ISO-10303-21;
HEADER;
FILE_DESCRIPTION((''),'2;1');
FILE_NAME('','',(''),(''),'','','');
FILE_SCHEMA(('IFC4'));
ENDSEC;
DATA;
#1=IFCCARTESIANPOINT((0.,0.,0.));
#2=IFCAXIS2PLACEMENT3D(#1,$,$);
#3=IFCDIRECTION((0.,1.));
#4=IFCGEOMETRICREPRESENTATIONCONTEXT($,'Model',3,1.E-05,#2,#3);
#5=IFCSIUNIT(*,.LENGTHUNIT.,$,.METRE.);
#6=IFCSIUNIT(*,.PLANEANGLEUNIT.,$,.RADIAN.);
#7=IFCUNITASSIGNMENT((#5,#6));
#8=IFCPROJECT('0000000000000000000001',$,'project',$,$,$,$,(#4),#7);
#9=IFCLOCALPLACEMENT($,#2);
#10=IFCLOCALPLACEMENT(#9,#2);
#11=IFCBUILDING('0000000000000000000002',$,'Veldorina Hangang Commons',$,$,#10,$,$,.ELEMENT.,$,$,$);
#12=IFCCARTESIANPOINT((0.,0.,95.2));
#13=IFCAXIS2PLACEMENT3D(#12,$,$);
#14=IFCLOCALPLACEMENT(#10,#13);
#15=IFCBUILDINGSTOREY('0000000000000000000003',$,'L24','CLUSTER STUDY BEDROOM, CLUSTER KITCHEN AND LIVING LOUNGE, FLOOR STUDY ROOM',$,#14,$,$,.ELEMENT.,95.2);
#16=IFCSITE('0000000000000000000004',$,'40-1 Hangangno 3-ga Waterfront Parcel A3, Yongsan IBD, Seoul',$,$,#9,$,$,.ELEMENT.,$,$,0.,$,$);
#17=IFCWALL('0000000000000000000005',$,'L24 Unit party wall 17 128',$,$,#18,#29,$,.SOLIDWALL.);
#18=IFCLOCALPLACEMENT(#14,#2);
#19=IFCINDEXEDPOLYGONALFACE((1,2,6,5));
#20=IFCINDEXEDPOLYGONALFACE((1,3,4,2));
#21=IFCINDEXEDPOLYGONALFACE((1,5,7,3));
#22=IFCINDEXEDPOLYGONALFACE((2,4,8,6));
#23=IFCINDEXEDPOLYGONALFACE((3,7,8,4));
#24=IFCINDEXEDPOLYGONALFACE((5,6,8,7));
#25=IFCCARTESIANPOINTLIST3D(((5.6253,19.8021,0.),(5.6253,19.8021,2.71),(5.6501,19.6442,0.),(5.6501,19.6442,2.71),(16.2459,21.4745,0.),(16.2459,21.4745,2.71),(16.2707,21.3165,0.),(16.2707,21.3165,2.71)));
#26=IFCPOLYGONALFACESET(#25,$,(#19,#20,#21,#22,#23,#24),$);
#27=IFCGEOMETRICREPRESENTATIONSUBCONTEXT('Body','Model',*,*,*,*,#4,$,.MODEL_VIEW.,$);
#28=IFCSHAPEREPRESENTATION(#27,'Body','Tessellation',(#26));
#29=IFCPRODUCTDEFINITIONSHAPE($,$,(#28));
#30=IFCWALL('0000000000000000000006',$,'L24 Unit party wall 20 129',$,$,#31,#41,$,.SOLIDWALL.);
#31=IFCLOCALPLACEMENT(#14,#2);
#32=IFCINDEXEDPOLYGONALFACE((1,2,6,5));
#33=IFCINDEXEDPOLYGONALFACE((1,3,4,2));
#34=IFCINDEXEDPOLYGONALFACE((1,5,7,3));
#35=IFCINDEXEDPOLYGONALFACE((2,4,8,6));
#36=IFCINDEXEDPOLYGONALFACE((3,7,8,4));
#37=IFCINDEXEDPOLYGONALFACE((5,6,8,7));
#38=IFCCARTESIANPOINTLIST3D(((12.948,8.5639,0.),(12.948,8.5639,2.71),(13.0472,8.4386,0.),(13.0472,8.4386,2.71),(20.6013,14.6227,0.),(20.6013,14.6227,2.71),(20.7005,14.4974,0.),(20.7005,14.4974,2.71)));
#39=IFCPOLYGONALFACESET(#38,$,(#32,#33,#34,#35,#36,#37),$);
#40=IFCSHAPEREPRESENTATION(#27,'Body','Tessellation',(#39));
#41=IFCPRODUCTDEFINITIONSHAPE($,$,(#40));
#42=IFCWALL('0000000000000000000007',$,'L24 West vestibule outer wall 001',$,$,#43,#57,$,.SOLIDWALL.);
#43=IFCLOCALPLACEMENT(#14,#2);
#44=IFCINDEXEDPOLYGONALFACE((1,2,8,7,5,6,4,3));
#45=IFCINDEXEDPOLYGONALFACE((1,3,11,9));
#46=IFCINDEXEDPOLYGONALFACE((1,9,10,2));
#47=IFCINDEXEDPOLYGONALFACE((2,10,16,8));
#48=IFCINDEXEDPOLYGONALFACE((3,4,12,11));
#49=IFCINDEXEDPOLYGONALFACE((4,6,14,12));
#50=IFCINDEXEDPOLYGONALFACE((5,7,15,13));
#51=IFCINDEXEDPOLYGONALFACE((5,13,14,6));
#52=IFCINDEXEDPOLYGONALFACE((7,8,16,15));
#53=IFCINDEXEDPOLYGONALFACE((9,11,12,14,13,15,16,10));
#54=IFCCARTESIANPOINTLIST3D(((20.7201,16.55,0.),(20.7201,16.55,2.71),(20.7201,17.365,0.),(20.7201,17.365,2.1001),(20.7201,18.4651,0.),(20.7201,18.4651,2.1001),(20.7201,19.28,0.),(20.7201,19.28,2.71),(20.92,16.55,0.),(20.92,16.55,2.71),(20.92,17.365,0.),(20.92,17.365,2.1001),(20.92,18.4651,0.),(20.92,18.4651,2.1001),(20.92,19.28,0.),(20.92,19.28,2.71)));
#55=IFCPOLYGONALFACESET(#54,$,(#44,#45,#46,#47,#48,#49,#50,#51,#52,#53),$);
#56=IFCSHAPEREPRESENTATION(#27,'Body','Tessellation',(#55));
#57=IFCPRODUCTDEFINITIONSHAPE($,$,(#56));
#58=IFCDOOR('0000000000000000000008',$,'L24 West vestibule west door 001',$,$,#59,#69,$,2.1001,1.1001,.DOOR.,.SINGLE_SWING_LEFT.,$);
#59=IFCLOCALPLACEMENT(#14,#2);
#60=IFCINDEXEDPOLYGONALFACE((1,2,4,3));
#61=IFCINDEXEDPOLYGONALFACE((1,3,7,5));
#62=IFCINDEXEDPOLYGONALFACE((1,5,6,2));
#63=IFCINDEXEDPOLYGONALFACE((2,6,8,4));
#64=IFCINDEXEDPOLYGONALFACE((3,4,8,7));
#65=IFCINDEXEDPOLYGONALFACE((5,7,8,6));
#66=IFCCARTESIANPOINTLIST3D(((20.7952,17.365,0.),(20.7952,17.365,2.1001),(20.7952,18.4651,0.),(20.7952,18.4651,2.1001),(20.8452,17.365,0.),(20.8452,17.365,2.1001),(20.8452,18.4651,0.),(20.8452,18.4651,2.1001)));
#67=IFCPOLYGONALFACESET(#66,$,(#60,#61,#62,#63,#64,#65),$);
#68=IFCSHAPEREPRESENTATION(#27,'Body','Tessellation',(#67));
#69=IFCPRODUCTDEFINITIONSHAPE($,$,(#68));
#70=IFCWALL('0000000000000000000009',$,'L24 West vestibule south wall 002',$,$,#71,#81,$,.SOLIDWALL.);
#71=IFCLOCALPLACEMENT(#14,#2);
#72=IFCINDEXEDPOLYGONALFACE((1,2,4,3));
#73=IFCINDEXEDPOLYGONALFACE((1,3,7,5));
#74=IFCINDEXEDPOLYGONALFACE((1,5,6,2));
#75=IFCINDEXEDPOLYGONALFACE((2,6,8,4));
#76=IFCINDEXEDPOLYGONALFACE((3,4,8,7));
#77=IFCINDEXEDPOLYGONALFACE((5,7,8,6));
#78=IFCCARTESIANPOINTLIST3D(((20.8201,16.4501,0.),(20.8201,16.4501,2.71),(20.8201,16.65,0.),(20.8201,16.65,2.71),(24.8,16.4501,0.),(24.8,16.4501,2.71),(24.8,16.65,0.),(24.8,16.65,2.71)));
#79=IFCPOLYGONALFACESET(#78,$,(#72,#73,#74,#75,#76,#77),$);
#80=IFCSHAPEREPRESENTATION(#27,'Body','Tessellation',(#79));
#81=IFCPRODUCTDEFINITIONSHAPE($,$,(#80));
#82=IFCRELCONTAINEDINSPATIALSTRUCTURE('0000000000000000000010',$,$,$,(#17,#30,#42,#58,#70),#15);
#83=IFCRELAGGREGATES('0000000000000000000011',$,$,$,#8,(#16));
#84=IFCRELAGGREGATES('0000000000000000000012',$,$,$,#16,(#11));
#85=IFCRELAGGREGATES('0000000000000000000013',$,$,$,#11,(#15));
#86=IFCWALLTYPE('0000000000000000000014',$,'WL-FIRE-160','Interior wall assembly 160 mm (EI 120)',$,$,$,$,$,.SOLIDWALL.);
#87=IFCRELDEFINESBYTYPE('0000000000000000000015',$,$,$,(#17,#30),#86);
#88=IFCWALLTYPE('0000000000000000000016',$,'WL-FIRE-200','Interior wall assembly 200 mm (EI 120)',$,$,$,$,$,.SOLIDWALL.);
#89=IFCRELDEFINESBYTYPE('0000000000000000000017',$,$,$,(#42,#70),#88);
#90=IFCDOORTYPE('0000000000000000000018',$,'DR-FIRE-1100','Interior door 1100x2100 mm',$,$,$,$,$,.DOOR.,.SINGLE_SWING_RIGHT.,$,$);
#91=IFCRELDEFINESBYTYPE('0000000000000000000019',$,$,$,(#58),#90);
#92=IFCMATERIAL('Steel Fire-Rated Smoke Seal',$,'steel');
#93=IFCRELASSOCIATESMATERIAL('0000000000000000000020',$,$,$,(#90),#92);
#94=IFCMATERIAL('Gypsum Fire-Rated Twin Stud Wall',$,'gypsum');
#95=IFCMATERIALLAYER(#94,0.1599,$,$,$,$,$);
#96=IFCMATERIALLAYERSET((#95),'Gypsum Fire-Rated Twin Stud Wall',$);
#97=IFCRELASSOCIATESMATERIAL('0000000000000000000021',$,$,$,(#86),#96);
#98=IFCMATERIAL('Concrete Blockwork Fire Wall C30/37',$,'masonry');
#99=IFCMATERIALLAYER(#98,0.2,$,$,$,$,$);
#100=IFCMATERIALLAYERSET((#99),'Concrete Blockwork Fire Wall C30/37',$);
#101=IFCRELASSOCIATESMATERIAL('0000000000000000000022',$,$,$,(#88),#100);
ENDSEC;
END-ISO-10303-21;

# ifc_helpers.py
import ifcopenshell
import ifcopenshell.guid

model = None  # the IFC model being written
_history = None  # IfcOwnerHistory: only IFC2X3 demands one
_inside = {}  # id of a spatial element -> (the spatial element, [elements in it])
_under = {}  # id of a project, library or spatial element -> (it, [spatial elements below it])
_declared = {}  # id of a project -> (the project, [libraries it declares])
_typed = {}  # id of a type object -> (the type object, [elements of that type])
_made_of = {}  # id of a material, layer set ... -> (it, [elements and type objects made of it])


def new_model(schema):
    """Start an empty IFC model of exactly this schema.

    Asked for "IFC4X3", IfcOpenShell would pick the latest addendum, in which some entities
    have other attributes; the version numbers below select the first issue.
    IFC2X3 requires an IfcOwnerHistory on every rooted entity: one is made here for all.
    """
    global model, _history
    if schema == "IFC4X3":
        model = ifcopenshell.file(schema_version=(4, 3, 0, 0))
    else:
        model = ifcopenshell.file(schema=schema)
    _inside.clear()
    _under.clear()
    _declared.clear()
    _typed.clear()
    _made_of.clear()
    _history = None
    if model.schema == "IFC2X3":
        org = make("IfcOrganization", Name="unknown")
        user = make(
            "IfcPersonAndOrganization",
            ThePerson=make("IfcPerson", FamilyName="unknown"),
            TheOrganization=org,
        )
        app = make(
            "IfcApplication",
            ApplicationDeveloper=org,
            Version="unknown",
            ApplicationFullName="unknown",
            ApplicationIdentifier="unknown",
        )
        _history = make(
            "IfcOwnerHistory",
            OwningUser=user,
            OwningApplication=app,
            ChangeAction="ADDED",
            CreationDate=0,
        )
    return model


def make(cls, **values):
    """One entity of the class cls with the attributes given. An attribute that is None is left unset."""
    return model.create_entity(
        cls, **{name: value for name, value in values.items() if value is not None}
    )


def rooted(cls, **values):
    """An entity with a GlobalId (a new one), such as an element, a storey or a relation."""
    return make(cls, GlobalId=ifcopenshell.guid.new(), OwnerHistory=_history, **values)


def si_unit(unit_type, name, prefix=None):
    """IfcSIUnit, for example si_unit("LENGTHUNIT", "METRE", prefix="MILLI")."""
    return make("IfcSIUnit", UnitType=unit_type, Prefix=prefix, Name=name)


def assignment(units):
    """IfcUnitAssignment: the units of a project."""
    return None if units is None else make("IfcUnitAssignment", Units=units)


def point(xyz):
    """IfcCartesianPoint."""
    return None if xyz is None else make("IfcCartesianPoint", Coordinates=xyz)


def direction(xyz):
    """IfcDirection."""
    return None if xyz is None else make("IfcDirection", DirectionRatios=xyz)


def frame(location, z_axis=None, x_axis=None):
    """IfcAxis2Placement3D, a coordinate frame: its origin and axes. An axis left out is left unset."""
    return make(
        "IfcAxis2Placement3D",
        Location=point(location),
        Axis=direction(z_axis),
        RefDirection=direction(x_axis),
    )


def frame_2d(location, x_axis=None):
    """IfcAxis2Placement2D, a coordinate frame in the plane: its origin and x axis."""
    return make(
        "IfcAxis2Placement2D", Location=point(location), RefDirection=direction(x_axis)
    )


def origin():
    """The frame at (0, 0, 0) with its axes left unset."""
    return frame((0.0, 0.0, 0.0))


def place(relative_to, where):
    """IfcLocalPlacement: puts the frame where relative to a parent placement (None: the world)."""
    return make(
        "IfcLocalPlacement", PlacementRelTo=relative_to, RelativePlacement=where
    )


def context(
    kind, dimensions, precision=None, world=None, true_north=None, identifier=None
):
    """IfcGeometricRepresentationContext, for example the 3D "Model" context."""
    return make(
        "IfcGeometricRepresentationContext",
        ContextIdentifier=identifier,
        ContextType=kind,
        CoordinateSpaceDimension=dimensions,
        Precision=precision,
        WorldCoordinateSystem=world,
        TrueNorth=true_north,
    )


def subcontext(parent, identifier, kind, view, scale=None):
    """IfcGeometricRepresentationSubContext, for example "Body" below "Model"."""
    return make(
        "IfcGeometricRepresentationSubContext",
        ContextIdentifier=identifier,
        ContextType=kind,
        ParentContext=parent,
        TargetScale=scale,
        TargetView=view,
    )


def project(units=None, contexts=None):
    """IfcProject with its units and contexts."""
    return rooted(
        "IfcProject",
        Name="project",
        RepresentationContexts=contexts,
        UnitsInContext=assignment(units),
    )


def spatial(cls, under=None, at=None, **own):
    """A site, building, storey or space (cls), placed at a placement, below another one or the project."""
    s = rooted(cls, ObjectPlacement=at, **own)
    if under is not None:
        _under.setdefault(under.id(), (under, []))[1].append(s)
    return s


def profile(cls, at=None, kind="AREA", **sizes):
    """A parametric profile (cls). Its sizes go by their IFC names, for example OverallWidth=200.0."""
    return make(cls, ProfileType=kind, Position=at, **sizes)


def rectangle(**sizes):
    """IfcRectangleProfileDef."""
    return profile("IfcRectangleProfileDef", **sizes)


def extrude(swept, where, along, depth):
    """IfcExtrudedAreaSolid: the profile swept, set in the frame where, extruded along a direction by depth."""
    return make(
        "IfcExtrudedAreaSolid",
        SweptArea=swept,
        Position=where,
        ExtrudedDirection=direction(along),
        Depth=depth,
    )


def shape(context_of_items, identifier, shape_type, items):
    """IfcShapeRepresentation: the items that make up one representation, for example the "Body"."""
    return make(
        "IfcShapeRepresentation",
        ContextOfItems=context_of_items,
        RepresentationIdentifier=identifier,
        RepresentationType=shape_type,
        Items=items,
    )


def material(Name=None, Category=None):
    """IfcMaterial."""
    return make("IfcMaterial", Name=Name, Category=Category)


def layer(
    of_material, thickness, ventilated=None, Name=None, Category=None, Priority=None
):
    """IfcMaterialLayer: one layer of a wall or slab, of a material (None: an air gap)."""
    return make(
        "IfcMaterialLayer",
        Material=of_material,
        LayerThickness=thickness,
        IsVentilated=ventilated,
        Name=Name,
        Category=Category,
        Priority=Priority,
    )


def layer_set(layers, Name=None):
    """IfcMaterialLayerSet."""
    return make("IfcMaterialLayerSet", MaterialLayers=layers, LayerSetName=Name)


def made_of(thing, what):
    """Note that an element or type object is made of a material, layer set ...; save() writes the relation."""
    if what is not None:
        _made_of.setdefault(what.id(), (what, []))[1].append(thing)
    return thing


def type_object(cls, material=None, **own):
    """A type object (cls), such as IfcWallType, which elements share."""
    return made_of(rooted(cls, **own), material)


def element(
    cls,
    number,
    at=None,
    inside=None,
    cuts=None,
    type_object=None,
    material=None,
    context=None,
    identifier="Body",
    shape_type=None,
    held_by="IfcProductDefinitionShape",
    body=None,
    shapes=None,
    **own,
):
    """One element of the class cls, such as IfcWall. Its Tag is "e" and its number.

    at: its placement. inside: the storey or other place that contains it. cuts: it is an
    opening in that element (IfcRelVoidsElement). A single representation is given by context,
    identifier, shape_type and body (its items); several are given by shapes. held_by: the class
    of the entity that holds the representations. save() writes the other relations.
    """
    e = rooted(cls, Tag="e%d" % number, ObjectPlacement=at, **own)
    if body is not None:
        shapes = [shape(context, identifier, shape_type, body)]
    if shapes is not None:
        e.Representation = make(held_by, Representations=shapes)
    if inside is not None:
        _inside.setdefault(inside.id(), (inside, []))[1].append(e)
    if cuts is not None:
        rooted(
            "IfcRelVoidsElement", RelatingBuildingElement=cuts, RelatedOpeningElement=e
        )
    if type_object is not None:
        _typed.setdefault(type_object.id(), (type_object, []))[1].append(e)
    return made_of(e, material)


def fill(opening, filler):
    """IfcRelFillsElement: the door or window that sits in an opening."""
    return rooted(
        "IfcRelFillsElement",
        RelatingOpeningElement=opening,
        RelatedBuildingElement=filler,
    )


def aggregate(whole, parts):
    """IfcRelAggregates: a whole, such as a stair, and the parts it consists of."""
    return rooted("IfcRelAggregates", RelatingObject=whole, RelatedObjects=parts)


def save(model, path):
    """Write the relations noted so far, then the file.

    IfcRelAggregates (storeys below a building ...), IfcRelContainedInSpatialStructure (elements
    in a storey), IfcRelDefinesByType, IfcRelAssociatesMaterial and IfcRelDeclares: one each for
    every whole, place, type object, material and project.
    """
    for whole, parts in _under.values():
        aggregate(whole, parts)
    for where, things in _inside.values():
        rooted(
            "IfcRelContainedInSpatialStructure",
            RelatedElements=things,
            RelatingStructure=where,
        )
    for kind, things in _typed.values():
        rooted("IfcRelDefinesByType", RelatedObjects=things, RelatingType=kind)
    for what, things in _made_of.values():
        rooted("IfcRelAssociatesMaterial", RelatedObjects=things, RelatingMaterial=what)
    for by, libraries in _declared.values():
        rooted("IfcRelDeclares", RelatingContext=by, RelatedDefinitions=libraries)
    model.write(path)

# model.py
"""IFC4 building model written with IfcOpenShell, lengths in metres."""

from ifc_helpers import new_model, si_unit, direction, frame, frame_2d, origin, place, context, subcontext, project, spatial, rectangle, extrude, material, layer, layer_set, type_object, element, fill, save


model = new_model("IFC4")

# Units and contexts
model_context = context("Model", 3, precision=1e-05, world=origin(), true_north=direction((0.0, 1.0)))
body_context = subcontext(model_context, "Body", "Model", "MODEL_VIEW")
ifc_project = project(units=[si_unit("LENGTHUNIT", "METRE"), si_unit("PLANEANGLEUNIT", "RADIAN")], contexts=[model_context])

# Site, building, storey
site_placement = place(None, origin())
site = spatial("IfcSite", under=ifc_project, at=site_placement, Name="40-1 Hangangno 3-ga Waterfront Parcel A3, Yongsan IBD, Seoul", CompositionType="ELEMENT", RefElevation=0.0)
building_placement = place(site_placement, origin())
building = spatial("IfcBuilding", under=site, at=building_placement, Name="Veldorina Hangang Commons", CompositionType="ELEMENT")
storey_placement = place(building_placement, frame((0.0, 0.0, 95.2)))
storey = spatial("IfcBuildingStorey", under=building, at=storey_placement, Name="L24", Description="CLUSTER STUDY BEDROOM, CLUSTER KITCHEN AND LIVING LOUNGE, FLOOR STUDY ROOM", CompositionType="ELEMENT", Elevation=95.2)

# Shared definitions
ifc_material_1 = material(Name="Steel Fire-Rated Smoke Seal", Category="steel")
door_type_1 = type_object("IfcDoorType", Name="DR-FIRE-1100", Description="Interior door 1100x2100 mm", OperationType="SINGLE_SWING_RIGHT", PredefinedType="DOOR", material=ifc_material_1)

# Shared definitions
ifc_material_2 = material(Name="Gypsum Fire-Rated Twin Stud Wall", Category="gypsum")
ifc_layer_1 = layer(ifc_material_2, 0.1599)
ifc_layer_set_1 = layer_set([ifc_layer_1], Name="Gypsum Fire-Rated Twin Stud Wall")
wall_type_1 = type_object("IfcWallType", Name="WL-FIRE-160", Description="Interior wall assembly 160 mm (EI 120)", PredefinedType="SOLIDWALL", material=ifc_layer_set_1)

# Walls
wall_1_placement = place(storey_placement, frame((16.2583, 21.3955, 0.0), z_axis=(0.0, 0.0, 1.0), x_axis=(-0.987828, -0.155547, 0.0)))
element("IfcWall", 1, at=wall_1_placement, inside=storey, type_object=wall_type_1, Name="L24 Unit party wall 17 128", PredefinedType="SOLIDWALL", context=body_context, shape_type="SweptSolid", body=[
    extrude(rectangle(XDim=10.7515, YDim=0.1599, at=frame_2d((5.3757, 0.0))), origin(), (0.0, 0.0, 1.0), 2.71),
])
wall_2_placement = place(storey_placement, frame((20.6509, 14.5601, 0.0), z_axis=(0.0, 0.0, 1.0), x_axis=(-0.784048, -0.6207, 0.0)))
element("IfcWall", 2, at=wall_2_placement, inside=storey, type_object=wall_type_1, Name="L24 Unit party wall 20 129", PredefinedType="SOLIDWALL", context=body_context, shape_type="SweptSolid", body=[
    extrude(rectangle(XDim=9.7612, YDim=0.1599, at=frame_2d((4.8806, 0.0))), origin(), (0.0, 0.0, 1.0), 2.71),
])

# Wall, opening, door
ifc_material_3 = material(Name="Concrete Blockwork Fire Wall C30/37", Category="masonry")
ifc_layer_2 = layer(ifc_material_3, 0.2)
ifc_layer_set_2 = layer_set([ifc_layer_2], Name="Concrete Blockwork Fire Wall C30/37")
wall_type_2 = type_object("IfcWallType", Name="WL-FIRE-200", Description="Interior wall assembly 200 mm (EI 120)", PredefinedType="SOLIDWALL", material=ifc_layer_set_2)
wall_3_placement = place(storey_placement, frame((20.8201, 16.55, 0.0), z_axis=(0.0, 0.0, 1.0), x_axis=(0.0, 1.0, 0.0)))
wall_3 = element("IfcWall", 3, at=wall_3_placement, inside=storey, type_object=wall_type_2, Name="L24 West vestibule outer wall 001", PredefinedType="SOLIDWALL", context=body_context, shape_type="SweptSolid", body=[
    extrude(rectangle(XDim=2.73, YDim=0.2, at=frame_2d((1.365, 0.0))), origin(), (0.0, 0.0, 1.0), 2.71),
])
opening_1_placement = place(wall_3_placement, frame((0.8149, 0.0, 0.0)))
opening_1 = element("IfcOpeningElement", 4, at=opening_1_placement, cuts=wall_3, PredefinedType="OPENING", context=body_context, shape_type="SweptSolid", body=[
    extrude(rectangle(XDim=1.1001, YDim=2.1001, at=frame_2d((0.55, 1.05))), frame((0.0, 0.1099, 0.0), z_axis=(0.0, -1.0, 0.0), x_axis=(1.0, 0.0, 0.0)), (0.0, 0.0, 1.0), 0.22),
])
door_1_placement = place(opening_1_placement, origin())
door_1 = element("IfcDoor", 5, at=door_1_placement, inside=storey, type_object=door_type_1, Name="L24 West vestibule west door 001", OperationType="SINGLE_SWING_LEFT", OverallHeight=2.1001, OverallWidth=1.1001, PredefinedType="DOOR", context=body_context, shape_type="SweptSolid", body=[
    extrude(rectangle(XDim=1.1001, YDim=2.1001, at=frame_2d((0.55, 1.05))), frame((0.0, 0.0249, 0.0), z_axis=(0.0, -1.0, 0.0), x_axis=(1.0, 0.0, 0.0)), (0.0, 0.0, 1.0), 0.05),
])
fill(opening_1, door_1)

# Wall
wall_4_placement = place(storey_placement, frame((20.8201, 16.55, 0.0), z_axis=(0.0, 0.0, 1.0), x_axis=(1.0, 0.0, 0.0)))
element("IfcWall", 6, at=wall_4_placement, inside=storey, type_object=wall_type_2, Name="L24 West vestibule south wall 002", PredefinedType="SOLIDWALL", context=body_context, shape_type="SweptSolid", body=[
    extrude(rectangle(XDim=3.98, YDim=0.2, at=frame_2d((1.99, 0.0))), origin(), (0.0, 0.0, 1.0), 2.71),
])

save(model, "model.ifc")
